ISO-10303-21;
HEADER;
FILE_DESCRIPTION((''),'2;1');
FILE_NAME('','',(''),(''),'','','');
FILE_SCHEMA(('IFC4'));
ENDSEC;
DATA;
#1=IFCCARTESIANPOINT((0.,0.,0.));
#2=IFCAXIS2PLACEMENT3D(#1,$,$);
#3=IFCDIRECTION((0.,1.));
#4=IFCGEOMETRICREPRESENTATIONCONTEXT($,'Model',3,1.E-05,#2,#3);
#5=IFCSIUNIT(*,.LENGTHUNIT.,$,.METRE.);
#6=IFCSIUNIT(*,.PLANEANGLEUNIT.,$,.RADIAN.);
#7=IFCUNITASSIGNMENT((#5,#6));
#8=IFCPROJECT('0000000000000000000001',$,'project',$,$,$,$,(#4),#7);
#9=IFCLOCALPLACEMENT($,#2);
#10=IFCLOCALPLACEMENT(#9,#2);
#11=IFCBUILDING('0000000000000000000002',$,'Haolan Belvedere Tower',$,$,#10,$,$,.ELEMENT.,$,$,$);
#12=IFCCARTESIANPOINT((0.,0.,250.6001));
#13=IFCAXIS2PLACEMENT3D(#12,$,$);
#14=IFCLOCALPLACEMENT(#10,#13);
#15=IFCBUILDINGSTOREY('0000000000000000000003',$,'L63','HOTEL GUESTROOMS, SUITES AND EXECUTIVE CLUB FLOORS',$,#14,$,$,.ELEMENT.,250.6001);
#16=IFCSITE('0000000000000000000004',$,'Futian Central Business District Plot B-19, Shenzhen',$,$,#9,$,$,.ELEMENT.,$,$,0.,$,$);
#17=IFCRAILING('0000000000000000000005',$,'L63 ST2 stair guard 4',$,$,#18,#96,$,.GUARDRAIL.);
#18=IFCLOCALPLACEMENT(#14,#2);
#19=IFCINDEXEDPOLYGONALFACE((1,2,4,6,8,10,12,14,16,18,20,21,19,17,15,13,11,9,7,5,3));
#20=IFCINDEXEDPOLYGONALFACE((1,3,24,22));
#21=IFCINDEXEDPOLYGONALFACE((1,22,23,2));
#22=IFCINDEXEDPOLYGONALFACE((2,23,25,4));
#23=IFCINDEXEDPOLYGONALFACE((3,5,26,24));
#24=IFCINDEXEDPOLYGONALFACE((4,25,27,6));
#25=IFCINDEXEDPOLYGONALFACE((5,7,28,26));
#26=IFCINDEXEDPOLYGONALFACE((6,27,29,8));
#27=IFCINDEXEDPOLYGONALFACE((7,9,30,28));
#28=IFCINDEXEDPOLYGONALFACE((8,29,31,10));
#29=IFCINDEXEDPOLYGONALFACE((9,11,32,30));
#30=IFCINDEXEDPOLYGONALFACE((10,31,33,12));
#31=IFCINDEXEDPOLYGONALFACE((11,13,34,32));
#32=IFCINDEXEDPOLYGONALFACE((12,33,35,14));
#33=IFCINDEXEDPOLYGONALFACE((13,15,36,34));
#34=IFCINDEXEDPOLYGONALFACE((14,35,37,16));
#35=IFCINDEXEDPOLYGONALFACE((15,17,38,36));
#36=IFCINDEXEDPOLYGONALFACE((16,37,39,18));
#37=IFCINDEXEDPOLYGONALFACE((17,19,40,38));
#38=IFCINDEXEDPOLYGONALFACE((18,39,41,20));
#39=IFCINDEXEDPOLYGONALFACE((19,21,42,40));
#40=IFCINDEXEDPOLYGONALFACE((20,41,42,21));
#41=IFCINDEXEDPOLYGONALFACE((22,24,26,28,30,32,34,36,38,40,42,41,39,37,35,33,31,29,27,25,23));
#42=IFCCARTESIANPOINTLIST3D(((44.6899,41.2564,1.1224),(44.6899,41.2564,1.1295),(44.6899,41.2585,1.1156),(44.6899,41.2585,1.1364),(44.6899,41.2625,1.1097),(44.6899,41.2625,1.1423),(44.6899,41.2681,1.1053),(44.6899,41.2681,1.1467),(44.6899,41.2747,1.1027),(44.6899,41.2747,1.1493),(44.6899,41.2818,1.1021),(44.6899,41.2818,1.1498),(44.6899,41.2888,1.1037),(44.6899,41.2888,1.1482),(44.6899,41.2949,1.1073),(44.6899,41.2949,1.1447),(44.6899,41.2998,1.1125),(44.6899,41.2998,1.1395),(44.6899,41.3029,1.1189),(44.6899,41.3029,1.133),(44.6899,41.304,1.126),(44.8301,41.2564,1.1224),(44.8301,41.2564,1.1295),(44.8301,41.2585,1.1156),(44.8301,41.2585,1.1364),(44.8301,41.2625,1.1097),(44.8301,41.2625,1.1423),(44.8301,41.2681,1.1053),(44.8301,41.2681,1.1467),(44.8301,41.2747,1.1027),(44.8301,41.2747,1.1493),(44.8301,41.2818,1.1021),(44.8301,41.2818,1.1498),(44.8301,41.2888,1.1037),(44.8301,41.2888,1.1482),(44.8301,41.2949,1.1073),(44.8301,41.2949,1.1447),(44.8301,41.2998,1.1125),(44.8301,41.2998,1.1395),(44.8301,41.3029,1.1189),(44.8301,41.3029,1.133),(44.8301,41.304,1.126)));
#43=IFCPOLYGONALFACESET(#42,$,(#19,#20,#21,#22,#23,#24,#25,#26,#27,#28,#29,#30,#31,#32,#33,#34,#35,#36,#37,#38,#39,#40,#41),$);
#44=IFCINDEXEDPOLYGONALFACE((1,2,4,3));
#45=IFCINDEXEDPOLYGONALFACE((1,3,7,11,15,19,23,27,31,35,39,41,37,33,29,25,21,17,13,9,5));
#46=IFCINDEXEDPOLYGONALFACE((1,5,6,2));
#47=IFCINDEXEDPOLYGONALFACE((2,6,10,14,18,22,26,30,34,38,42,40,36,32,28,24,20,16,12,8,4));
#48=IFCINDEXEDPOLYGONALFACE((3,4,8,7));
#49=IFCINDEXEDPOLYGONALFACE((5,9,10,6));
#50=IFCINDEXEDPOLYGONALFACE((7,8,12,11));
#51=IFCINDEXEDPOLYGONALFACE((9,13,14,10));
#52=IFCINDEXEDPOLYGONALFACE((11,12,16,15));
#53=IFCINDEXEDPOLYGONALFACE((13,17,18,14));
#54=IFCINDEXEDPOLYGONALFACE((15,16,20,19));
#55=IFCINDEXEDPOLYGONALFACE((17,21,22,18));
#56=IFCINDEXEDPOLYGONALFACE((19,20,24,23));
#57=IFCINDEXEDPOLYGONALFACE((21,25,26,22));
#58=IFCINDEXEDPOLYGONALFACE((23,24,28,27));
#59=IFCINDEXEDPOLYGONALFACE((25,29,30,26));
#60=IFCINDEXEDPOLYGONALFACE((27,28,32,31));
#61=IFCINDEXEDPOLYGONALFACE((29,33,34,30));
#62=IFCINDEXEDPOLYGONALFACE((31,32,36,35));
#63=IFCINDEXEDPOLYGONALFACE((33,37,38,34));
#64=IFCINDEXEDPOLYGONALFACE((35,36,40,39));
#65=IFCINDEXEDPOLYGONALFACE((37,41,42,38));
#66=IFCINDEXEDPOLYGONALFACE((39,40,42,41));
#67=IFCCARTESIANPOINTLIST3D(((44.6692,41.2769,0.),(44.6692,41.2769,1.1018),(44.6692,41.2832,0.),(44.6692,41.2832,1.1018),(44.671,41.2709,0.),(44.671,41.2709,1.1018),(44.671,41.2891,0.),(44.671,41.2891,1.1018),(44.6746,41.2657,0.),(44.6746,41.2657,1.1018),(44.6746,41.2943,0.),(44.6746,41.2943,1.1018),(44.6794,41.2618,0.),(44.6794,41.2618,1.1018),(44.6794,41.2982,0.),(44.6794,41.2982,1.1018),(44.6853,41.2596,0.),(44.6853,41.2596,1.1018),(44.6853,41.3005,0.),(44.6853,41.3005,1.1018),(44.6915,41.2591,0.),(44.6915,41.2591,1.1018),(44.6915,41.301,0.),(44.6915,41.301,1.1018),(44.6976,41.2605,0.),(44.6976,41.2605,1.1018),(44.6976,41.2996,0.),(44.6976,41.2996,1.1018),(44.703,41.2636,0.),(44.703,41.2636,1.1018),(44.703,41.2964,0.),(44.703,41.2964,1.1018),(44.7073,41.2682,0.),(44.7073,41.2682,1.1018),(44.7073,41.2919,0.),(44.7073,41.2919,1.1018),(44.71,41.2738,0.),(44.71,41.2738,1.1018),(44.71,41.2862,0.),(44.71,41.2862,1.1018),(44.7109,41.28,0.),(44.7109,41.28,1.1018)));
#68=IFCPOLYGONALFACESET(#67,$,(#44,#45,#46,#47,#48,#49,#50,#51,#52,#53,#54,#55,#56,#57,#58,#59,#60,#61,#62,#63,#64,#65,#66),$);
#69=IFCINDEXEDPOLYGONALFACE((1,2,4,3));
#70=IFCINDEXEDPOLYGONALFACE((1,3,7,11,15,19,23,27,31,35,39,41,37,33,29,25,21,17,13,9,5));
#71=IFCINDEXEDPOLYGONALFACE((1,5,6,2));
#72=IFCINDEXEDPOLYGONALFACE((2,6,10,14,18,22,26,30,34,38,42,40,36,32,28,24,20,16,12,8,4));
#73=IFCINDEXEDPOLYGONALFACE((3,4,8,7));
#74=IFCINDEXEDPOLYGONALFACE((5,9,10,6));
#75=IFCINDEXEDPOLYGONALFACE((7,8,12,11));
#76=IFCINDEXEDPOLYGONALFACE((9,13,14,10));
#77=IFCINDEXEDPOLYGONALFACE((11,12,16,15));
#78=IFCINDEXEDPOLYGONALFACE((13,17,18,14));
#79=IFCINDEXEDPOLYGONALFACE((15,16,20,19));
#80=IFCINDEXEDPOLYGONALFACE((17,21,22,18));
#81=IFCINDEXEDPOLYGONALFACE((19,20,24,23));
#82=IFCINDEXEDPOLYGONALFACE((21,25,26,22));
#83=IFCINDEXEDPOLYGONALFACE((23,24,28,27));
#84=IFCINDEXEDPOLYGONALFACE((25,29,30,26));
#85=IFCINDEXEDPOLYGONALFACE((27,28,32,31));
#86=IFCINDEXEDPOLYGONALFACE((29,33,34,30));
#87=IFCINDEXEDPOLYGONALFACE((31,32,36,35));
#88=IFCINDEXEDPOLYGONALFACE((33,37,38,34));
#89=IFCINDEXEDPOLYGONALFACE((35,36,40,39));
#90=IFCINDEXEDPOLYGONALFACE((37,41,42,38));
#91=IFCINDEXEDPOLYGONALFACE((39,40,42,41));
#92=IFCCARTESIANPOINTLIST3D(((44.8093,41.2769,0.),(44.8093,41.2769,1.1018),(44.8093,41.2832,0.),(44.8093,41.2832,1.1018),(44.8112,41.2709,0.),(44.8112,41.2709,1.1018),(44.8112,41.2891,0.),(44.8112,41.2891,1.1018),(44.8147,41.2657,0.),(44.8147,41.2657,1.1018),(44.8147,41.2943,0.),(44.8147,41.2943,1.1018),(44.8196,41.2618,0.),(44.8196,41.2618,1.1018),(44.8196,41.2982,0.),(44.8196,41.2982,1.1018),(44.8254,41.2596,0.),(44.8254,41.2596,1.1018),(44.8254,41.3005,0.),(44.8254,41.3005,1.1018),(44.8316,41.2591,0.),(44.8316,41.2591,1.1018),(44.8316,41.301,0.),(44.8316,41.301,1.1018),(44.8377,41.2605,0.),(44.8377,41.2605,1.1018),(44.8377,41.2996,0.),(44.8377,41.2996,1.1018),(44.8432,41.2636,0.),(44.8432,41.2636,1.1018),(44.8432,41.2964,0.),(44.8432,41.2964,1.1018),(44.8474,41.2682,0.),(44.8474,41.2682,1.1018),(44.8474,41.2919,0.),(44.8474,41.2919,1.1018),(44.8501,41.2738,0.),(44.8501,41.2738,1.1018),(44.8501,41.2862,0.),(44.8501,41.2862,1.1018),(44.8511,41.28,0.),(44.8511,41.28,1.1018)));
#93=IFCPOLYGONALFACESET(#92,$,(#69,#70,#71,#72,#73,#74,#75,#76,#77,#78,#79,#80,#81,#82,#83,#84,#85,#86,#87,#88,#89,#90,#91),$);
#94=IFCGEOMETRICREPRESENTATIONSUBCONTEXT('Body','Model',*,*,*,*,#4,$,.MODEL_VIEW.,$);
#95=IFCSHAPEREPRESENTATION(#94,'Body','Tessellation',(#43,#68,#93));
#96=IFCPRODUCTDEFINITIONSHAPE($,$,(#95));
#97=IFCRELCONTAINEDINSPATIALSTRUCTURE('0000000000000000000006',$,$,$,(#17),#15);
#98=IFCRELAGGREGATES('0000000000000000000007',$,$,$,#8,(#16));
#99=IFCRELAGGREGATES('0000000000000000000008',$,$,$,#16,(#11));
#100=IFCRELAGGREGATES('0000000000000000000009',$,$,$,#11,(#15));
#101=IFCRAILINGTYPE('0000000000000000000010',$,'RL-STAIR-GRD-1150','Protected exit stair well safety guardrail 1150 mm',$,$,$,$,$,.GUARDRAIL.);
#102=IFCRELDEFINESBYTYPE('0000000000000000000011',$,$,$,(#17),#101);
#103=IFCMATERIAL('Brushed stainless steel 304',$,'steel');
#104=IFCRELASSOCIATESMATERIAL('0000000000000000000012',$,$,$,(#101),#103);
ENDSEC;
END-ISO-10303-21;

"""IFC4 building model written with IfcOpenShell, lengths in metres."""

from ifc_helpers import new_model, si_unit, direction, frame, origin, origin_2d, place, context, subcontext, project, spatial, circle, extrude, material, type_object, element, save


model = new_model("IFC4")

# Units and contexts
model_context = context("Model", 3, precision=1e-05, world=origin(), true_north=direction((0.0, 1.0)))
body_context = subcontext(model_context, "Body", "Model", "MODEL_VIEW")
ifc_project = project(units=[si_unit("LENGTHUNIT", "METRE"), si_unit("PLANEANGLEUNIT", "RADIAN")], contexts=[model_context])

# Site, building, storey
site_placement = place(None, origin())
site = spatial("IfcSite", under=ifc_project, at=site_placement, Name="Futian Central Business District Plot B-19, Shenzhen", CompositionType="ELEMENT", RefElevation=0.0)
building_placement = place(site_placement, origin())
building = spatial("IfcBuilding", under=site, at=building_placement, Name="Haolan Belvedere Tower", CompositionType="ELEMENT")
storey_placement = place(building_placement, frame((0.0, 0.0, 250.6001)))
storey = spatial("IfcBuildingStorey", under=building, at=storey_placement, Name="L63", Description="HOTEL GUESTROOMS, SUITES AND EXECUTIVE CLUB FLOORS", CompositionType="ELEMENT", Elevation=250.6001)

# Railing
ifc_material_1 = material(Name="Brushed stainless steel 304", Category="steel")
railing_type_1 = type_object("IfcRailingType", Name="RL-STAIR-GRD-1150", Description="Protected exit stair well safety guardrail 1150 mm", PredefinedType="GUARDRAIL", material=ifc_material_1)
railing_1_placement = place(storey_placement, frame((44.6899, 41.28, 0.0)))
element("IfcRailing", 1, at=railing_1_placement, inside=storey, type_object=railing_type_1, Name="L63 ST2 stair guard 4", PredefinedType="GUARDRAIL", context=body_context, shape_type="SweptSolid", body=[
    extrude(circle(Radius=0.0239, at=origin_2d()), frame((0.0, 0.0, 1.126), z_axis=(1.0, 0.0, 0.0), x_axis=(0.0, 1.0, 0.0)), (0.0, 0.0, 1.0), 0.1401),
    extrude(circle(Radius=0.021, at=origin_2d()), origin(), (0.0, 0.0, 1.0), 1.1018),
    extrude(circle(Radius=0.021, at=origin_2d()), frame((0.1401, 0.0, 0.0)), (0.0, 0.0, 1.0), 1.1018),
])

save(model, "model.ifc")
